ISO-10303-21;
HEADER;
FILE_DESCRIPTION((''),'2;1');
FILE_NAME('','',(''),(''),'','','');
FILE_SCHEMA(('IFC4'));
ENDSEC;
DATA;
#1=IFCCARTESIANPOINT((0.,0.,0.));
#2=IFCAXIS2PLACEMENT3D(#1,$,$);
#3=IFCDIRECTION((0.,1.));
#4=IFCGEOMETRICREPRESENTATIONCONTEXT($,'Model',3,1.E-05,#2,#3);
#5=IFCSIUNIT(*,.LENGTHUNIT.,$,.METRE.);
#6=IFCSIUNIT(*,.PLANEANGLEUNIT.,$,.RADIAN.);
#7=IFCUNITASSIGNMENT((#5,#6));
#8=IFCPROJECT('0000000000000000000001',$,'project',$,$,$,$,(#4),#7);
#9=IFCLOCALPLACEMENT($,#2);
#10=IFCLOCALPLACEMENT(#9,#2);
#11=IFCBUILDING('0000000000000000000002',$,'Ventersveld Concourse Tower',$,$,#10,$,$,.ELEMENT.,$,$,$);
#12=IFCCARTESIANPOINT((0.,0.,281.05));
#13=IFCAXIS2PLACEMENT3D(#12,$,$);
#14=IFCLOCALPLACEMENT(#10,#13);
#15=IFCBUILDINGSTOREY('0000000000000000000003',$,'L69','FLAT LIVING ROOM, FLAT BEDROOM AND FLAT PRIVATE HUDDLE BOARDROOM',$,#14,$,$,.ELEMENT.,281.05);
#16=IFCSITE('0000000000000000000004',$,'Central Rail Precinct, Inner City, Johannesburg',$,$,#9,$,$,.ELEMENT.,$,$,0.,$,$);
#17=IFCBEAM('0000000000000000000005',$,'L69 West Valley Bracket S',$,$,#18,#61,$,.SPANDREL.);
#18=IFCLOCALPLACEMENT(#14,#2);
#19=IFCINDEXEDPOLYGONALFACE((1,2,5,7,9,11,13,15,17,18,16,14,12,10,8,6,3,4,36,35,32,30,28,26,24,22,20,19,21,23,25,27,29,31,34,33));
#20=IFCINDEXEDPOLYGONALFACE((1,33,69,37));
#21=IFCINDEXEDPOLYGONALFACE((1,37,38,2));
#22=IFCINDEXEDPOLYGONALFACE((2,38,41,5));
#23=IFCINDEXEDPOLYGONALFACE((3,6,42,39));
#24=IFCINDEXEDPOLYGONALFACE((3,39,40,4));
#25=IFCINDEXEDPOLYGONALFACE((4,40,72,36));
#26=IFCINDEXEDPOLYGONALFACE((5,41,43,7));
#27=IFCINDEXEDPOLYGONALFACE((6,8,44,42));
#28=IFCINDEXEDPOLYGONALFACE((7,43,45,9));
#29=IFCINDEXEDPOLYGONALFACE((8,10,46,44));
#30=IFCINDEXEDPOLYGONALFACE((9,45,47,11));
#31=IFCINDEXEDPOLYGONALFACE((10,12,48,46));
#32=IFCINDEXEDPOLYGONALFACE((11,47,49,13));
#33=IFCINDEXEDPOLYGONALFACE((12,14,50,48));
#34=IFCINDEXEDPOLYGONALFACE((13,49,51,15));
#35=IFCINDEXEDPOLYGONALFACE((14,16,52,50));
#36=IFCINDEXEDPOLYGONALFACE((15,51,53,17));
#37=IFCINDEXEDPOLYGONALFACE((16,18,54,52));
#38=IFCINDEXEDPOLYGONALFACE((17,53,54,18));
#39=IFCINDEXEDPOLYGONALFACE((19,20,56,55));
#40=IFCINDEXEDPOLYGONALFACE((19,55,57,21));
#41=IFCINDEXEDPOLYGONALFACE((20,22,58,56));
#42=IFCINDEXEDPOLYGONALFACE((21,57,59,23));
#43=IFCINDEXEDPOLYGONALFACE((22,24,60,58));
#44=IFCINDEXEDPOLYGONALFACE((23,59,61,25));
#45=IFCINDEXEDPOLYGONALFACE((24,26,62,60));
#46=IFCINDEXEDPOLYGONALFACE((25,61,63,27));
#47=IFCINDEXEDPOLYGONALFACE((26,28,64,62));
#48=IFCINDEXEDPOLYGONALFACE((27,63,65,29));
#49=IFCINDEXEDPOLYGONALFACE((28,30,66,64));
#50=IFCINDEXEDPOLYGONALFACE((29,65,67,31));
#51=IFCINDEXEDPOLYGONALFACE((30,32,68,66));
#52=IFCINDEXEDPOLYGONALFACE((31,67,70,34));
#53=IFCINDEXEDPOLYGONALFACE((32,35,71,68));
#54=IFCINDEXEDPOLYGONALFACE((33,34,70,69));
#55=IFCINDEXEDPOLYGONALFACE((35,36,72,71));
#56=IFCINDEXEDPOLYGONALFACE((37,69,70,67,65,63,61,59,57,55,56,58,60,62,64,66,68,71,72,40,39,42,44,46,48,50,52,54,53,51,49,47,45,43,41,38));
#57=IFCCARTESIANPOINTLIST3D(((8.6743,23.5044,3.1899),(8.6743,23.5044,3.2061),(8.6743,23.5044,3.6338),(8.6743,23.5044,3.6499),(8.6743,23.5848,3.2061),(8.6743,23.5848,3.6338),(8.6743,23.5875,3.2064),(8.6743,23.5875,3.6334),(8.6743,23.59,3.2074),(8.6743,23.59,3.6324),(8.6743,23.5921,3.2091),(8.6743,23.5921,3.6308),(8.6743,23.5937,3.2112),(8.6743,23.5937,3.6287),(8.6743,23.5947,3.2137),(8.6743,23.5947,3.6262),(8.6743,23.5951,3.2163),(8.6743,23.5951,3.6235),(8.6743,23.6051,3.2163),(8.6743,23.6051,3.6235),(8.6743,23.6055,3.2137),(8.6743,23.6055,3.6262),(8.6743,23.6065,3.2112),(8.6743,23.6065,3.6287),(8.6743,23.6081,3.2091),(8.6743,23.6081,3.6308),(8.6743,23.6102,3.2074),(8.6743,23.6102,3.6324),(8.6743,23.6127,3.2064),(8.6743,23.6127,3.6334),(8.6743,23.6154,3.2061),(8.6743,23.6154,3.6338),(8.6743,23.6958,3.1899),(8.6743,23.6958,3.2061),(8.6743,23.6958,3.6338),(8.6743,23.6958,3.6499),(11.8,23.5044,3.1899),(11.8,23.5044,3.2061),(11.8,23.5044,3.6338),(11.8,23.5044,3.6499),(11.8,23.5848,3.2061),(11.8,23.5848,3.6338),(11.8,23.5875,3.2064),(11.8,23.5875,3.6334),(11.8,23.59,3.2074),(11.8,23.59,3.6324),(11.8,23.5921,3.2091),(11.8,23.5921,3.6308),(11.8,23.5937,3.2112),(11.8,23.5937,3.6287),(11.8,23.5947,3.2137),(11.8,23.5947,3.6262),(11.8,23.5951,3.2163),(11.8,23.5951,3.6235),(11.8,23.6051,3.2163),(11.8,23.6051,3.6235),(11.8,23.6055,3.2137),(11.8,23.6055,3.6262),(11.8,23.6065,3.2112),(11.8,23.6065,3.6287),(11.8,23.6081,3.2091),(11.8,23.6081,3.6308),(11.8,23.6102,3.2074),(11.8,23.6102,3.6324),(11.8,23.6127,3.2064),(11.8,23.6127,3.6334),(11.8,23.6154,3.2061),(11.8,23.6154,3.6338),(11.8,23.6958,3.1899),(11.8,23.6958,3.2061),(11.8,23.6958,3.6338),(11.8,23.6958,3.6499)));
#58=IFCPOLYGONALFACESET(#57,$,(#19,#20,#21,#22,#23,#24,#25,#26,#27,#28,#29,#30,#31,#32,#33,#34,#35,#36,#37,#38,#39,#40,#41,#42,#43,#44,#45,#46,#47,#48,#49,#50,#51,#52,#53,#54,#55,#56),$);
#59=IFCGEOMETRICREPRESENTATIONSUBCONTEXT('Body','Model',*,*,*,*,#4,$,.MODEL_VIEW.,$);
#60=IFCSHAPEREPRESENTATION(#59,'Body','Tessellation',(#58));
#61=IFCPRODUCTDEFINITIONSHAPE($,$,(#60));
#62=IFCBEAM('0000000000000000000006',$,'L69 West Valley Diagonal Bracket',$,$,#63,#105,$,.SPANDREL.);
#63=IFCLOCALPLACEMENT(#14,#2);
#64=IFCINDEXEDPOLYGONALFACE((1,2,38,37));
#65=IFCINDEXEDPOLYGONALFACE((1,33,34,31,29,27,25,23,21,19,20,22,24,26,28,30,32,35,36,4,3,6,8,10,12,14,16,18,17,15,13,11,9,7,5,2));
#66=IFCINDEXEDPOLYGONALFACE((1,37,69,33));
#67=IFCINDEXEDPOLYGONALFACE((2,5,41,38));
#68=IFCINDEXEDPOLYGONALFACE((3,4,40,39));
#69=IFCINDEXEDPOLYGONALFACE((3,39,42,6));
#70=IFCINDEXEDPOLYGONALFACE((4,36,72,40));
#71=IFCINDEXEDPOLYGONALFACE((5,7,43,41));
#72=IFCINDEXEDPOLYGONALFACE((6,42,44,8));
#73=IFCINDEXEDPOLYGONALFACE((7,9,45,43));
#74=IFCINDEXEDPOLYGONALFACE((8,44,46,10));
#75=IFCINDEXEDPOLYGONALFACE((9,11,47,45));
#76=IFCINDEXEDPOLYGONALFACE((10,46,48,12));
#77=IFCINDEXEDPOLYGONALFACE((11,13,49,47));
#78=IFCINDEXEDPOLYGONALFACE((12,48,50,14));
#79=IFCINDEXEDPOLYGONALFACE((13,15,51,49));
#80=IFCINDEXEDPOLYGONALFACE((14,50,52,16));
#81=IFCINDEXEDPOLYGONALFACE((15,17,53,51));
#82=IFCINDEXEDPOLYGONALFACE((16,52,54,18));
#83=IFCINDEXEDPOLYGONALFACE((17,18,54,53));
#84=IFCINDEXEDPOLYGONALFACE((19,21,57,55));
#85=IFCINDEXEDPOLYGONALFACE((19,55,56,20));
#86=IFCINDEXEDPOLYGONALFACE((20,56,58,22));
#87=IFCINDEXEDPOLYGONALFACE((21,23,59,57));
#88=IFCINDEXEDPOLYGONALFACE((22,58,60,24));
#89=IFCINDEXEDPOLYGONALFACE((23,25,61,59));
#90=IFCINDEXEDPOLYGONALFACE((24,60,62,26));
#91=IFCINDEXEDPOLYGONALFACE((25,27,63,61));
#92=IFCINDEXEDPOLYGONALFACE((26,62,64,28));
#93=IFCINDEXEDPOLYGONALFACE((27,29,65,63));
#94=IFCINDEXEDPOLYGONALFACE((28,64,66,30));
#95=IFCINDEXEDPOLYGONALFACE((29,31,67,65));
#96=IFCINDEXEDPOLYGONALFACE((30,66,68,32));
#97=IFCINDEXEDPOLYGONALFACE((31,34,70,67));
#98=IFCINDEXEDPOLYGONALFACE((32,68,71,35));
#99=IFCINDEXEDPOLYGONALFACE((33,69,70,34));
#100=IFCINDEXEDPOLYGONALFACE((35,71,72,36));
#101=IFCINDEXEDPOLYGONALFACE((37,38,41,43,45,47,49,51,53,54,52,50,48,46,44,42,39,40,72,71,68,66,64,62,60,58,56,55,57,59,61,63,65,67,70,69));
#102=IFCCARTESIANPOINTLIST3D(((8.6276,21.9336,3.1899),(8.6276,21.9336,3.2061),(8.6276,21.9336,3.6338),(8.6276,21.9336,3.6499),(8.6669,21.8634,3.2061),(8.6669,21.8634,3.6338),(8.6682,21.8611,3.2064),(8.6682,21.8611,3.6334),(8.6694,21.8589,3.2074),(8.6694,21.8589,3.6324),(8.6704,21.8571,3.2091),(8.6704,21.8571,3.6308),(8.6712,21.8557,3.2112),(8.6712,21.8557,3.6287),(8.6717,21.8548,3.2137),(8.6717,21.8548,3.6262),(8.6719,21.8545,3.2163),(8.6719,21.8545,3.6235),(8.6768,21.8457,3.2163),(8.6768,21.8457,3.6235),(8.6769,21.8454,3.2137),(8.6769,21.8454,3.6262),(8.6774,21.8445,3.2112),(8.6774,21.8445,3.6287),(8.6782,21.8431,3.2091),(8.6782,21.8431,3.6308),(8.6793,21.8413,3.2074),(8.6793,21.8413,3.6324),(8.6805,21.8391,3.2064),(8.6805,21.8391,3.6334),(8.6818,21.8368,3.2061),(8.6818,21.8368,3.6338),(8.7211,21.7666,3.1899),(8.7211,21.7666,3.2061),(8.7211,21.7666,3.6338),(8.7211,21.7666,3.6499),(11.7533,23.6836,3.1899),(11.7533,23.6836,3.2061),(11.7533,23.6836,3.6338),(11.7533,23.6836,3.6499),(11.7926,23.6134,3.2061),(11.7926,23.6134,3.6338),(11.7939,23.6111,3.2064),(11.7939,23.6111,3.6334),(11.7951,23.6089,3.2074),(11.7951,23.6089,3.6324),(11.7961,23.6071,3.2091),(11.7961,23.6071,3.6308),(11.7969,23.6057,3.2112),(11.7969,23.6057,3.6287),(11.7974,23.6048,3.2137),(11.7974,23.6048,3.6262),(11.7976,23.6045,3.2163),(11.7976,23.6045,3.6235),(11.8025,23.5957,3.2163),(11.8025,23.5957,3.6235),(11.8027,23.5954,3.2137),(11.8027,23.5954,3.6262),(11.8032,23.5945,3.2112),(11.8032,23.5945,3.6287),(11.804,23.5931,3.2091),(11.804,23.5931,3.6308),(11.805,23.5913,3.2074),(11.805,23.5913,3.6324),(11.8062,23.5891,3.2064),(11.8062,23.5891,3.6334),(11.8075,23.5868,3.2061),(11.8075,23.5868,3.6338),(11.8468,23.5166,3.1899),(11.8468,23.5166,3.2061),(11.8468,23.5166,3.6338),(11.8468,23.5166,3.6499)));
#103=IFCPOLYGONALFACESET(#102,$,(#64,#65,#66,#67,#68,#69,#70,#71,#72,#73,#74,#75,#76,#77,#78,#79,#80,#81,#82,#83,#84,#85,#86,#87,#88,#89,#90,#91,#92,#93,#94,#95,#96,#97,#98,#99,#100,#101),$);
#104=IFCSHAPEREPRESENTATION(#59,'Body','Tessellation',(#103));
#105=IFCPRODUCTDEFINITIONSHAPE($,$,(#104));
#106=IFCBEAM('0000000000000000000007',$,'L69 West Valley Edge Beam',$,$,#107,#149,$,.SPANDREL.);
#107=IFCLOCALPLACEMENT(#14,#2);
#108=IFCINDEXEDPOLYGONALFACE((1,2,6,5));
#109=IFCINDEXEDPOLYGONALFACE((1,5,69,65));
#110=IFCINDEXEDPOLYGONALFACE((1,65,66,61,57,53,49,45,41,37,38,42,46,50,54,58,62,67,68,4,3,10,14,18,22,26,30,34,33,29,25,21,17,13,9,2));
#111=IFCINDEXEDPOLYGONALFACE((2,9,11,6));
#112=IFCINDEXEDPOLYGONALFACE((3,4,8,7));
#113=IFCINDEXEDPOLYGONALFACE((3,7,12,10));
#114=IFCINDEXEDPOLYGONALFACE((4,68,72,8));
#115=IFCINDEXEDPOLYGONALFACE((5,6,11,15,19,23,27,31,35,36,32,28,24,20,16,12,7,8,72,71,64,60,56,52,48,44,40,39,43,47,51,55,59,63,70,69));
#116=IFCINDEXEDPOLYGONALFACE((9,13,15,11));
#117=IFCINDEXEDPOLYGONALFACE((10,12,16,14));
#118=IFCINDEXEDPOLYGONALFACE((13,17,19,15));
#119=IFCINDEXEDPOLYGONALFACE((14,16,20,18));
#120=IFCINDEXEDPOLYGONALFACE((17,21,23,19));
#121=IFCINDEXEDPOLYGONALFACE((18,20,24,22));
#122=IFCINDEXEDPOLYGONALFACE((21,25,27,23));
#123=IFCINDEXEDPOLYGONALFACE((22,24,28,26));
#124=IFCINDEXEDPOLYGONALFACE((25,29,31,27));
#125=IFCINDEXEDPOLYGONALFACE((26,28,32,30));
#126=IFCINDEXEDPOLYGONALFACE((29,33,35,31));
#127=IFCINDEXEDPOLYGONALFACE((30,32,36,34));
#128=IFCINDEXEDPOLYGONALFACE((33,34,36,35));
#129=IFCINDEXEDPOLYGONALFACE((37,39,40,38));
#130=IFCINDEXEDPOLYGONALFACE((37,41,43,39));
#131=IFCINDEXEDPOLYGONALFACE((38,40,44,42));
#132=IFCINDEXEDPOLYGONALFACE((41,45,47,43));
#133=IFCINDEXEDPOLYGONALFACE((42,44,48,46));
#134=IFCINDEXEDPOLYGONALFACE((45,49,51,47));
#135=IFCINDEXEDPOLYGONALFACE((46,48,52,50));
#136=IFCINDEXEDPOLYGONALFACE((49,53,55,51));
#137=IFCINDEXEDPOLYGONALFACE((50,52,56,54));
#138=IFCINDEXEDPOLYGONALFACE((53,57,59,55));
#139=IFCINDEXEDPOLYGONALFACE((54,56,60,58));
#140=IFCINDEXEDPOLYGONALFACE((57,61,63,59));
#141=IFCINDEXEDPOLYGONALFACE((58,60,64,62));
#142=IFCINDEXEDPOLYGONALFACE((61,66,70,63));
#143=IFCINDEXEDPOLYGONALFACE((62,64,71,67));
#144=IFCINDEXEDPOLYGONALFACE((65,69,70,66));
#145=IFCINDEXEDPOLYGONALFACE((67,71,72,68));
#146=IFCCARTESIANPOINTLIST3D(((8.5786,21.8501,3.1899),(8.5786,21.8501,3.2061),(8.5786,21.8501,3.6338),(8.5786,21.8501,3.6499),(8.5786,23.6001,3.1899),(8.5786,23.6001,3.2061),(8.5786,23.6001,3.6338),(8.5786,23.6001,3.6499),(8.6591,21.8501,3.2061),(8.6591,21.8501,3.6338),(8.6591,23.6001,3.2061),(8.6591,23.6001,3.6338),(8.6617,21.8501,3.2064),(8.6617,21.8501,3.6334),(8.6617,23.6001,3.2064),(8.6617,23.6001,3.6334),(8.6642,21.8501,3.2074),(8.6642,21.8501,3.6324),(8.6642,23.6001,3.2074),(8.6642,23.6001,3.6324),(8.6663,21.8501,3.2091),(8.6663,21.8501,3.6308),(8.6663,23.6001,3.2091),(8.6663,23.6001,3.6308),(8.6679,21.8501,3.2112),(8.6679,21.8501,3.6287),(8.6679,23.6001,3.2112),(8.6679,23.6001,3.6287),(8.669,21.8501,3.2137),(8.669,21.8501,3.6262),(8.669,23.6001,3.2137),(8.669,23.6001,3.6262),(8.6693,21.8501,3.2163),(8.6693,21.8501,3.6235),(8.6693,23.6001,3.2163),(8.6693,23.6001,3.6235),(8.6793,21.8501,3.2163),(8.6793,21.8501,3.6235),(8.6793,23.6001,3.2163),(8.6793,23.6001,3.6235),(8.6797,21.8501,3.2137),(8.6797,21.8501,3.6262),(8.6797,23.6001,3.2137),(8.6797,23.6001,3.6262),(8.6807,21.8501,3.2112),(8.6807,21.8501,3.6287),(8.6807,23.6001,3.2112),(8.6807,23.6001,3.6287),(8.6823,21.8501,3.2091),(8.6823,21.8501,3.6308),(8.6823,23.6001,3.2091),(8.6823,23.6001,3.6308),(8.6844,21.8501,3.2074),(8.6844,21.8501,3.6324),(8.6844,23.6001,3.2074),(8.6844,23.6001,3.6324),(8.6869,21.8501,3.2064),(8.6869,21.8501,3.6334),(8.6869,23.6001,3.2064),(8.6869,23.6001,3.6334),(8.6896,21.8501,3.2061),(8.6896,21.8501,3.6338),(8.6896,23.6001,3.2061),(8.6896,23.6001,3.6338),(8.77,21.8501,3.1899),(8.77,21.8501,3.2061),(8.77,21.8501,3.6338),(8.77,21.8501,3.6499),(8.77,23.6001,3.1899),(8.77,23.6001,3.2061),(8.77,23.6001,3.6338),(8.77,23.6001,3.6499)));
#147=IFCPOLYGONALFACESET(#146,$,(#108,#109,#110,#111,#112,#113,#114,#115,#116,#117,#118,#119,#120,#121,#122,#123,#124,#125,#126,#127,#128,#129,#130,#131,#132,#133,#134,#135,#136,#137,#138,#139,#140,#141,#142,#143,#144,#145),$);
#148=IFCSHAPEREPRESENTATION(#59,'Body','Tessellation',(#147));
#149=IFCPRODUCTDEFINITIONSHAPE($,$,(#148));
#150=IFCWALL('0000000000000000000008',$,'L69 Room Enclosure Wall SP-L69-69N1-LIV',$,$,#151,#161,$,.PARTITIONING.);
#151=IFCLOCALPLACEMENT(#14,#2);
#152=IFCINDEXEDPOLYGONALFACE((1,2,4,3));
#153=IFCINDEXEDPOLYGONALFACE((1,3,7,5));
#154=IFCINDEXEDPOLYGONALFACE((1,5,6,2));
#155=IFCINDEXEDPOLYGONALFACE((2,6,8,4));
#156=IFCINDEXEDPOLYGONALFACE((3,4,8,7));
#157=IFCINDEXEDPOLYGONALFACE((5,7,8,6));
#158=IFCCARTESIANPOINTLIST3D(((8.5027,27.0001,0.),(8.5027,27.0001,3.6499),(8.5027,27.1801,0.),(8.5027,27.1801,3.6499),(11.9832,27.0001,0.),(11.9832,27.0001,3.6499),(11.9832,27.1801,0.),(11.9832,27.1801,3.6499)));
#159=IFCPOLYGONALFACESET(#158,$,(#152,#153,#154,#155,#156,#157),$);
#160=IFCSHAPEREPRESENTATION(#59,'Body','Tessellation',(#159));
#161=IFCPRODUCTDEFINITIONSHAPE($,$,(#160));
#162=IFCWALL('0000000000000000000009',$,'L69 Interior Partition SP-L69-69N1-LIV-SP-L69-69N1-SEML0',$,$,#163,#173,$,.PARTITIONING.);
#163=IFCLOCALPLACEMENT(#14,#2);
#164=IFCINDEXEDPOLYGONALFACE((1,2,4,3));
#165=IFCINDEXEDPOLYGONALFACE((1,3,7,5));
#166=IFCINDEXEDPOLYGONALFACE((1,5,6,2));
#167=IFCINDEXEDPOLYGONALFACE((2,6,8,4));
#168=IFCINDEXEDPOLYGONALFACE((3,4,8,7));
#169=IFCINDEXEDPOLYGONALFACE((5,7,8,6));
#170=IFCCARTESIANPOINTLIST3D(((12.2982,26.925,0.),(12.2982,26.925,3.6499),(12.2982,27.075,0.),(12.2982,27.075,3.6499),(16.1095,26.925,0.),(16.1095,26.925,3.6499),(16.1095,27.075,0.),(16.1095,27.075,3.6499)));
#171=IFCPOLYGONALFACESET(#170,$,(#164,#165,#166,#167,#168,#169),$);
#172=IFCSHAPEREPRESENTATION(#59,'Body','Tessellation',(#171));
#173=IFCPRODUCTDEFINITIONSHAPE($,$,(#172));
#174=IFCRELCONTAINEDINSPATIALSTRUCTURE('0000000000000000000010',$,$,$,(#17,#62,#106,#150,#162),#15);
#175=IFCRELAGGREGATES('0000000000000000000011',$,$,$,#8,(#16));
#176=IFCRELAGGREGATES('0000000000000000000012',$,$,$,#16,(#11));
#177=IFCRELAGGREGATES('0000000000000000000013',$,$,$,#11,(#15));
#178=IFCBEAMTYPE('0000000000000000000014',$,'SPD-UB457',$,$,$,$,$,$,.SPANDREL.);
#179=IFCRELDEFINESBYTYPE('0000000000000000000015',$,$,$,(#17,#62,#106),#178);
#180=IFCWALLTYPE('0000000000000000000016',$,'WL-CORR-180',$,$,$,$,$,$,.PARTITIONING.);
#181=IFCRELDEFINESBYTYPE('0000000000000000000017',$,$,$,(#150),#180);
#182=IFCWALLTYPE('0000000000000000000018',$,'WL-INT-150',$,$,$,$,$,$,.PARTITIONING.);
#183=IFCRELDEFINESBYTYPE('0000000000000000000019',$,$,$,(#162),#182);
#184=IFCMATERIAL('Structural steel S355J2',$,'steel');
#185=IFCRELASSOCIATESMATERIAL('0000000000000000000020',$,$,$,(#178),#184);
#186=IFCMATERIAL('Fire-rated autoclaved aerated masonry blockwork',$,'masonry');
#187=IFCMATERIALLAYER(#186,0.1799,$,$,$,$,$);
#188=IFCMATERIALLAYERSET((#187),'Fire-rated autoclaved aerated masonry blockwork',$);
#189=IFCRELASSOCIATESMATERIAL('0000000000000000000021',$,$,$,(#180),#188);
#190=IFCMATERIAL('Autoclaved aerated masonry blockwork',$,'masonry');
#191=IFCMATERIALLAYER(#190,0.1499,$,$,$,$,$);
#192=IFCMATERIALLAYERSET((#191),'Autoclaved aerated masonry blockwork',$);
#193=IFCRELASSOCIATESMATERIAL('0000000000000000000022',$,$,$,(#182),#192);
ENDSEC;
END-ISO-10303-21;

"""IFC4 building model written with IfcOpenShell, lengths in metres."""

from ifc_helpers import new_model, si_unit, direction, frame, frame_2d, origin, origin_2d, place, context, subcontext, project, spatial, rectangle, i_section, extrude, material, layer, layer_set, material_profile, profile_set, type_object, element, save


model = new_model("IFC4")

# Units and contexts
model_context = context("Model", 3, precision=1e-05, world=origin(), true_north=direction((0.0, 1.0)))
body_context = subcontext(model_context, "Body", "Model", "MODEL_VIEW")
ifc_project = project(units=[si_unit("LENGTHUNIT", "METRE"), si_unit("PLANEANGLEUNIT", "RADIAN")], contexts=[model_context])

# Site, building, storey
site_placement = place(None, origin())
site = spatial("IfcSite", under=ifc_project, at=site_placement, Name="Central Rail Precinct, Inner City, Johannesburg", CompositionType="ELEMENT", RefElevation=0.0)
building_placement = place(site_placement, origin())
building = spatial("IfcBuilding", under=site, at=building_placement, Name="Ventersveld Concourse Tower", CompositionType="ELEMENT")
storey_placement = place(building_placement, frame((0.0, 0.0, 281.05)))
storey = spatial("IfcBuildingStorey", under=building, at=storey_placement, Name="L69", Description="FLAT LIVING ROOM, FLAT BEDROOM AND FLAT PRIVATE HUDDLE BOARDROOM", CompositionType="ELEMENT", Elevation=281.05)

# Beams
ifc_material_1 = material(Name="Structural steel S355J2", Category="steel")
ifc_material_profile_1 = material_profile(ifc_material_1, i_section(OverallWidth=0.1914, OverallDepth=0.46, WebThickness=0.01, FlangeThickness=0.0161, FilletRadius=0.0103, at=origin_2d()), Name="UB 457x191x82")
ifc_profile_set_1 = profile_set([ifc_material_profile_1], Name="Structural steel S355J2")
beam_type_1 = type_object("IfcBeamType", Name="SPD-UB457", PredefinedType="SPANDREL", material=ifc_profile_set_1)
beam_1_placement = place(storey_placement, frame((8.6743, 23.6001, 3.4199), z_axis=(1.0, 0.0, 0.0), x_axis=(0.0, 1.0, 0.0)))
element("IfcBeam", 1, at=beam_1_placement, inside=storey, type_object=beam_type_1, Name="L69 West Valley Bracket S", PredefinedType="SPANDREL", context=body_context, shape_type="SweptSolid", body=[
    extrude(i_section(OverallWidth=0.1914, OverallDepth=0.46, WebThickness=0.01, FlangeThickness=0.0161, FilletRadius=0.0103, at=origin_2d()), origin(), (0.0, 0.0, 1.0), 3.1257),
])
beam_2_placement = place(storey_placement, frame((8.6743, 21.8501, 3.4199), z_axis=(0.872555, 0.488516, 0.0), x_axis=(-0.488516, 0.872555, 0.0)))
element("IfcBeam", 2, at=beam_2_placement, inside=storey, type_object=beam_type_1, Name="L69 West Valley Diagonal Bracket", PredefinedType="SPANDREL", context=body_context, shape_type="SweptSolid", body=[
    extrude(i_section(OverallWidth=0.1914, OverallDepth=0.46, WebThickness=0.01, FlangeThickness=0.0161, FilletRadius=0.0103, at=origin_2d()), origin(), (0.0, 0.0, 1.0), 3.5823),
])
beam_3_placement = place(storey_placement, frame((8.6743, 21.8501, 3.4199), z_axis=(0.0, 1.0, 0.0), x_axis=(-1.0, 0.0, 0.0)))
element("IfcBeam", 3, at=beam_3_placement, inside=storey, type_object=beam_type_1, Name="L69 West Valley Edge Beam", PredefinedType="SPANDREL", context=body_context, shape_type="SweptSolid", body=[
    extrude(i_section(OverallWidth=0.1914, OverallDepth=0.46, WebThickness=0.01, FlangeThickness=0.0161, FilletRadius=0.0103, at=origin_2d()), origin(), (0.0, 0.0, 1.0), 1.75),
])

# Walls
ifc_material_2 = material(Name="Fire-rated autoclaved aerated masonry blockwork", Category="masonry")
ifc_layer_1 = layer(ifc_material_2, 0.1799)
ifc_layer_set_1 = layer_set([ifc_layer_1], Name="Fire-rated autoclaved aerated masonry blockwork")
wall_type_1 = type_object("IfcWallType", Name="WL-CORR-180", PredefinedType="PARTITIONING", material=ifc_layer_set_1)
wall_1_placement = place(storey_placement, frame((11.9832, 27.0901, 0.0), z_axis=(0.0, 0.0, 1.0), x_axis=(-1.0, 0.0, 0.0)))
element("IfcWall", 4, at=wall_1_placement, inside=storey, type_object=wall_type_1, Name="L69 Room Enclosure Wall SP-L69-69N1-LIV", PredefinedType="PARTITIONING", context=body_context, shape_type="SweptSolid", body=[
    extrude(rectangle(XDim=3.4805, YDim=0.1799, at=frame_2d((1.7402, 0.0))), origin(), (0.0, 0.0, 1.0), 3.6499),
])
ifc_material_3 = material(Name="Autoclaved aerated masonry blockwork", Category="masonry")
ifc_layer_2 = layer(ifc_material_3, 0.1499)
ifc_layer_set_2 = layer_set([ifc_layer_2], Name="Autoclaved aerated masonry blockwork")
wall_type_2 = type_object("IfcWallType", Name="WL-INT-150", PredefinedType="PARTITIONING", material=ifc_layer_set_2)
wall_2_placement = place(storey_placement, frame((12.2981, 27.0, 0.0), z_axis=(0.0, 0.0, 1.0), x_axis=(1.0, 0.0, 0.0)))
element("IfcWall", 5, at=wall_2_placement, inside=storey, type_object=wall_type_2, Name="L69 Interior Partition SP-L69-69N1-LIV-SP-L69-69N1-SEML0", PredefinedType="PARTITIONING", context=body_context, shape_type="SweptSolid", body=[
    extrude(rectangle(XDim=3.8113, YDim=0.1499, at=frame_2d((1.9058, 0.0))), origin(), (0.0, 0.0, 1.0), 3.6499),
])

save(model, "model.ifc")
